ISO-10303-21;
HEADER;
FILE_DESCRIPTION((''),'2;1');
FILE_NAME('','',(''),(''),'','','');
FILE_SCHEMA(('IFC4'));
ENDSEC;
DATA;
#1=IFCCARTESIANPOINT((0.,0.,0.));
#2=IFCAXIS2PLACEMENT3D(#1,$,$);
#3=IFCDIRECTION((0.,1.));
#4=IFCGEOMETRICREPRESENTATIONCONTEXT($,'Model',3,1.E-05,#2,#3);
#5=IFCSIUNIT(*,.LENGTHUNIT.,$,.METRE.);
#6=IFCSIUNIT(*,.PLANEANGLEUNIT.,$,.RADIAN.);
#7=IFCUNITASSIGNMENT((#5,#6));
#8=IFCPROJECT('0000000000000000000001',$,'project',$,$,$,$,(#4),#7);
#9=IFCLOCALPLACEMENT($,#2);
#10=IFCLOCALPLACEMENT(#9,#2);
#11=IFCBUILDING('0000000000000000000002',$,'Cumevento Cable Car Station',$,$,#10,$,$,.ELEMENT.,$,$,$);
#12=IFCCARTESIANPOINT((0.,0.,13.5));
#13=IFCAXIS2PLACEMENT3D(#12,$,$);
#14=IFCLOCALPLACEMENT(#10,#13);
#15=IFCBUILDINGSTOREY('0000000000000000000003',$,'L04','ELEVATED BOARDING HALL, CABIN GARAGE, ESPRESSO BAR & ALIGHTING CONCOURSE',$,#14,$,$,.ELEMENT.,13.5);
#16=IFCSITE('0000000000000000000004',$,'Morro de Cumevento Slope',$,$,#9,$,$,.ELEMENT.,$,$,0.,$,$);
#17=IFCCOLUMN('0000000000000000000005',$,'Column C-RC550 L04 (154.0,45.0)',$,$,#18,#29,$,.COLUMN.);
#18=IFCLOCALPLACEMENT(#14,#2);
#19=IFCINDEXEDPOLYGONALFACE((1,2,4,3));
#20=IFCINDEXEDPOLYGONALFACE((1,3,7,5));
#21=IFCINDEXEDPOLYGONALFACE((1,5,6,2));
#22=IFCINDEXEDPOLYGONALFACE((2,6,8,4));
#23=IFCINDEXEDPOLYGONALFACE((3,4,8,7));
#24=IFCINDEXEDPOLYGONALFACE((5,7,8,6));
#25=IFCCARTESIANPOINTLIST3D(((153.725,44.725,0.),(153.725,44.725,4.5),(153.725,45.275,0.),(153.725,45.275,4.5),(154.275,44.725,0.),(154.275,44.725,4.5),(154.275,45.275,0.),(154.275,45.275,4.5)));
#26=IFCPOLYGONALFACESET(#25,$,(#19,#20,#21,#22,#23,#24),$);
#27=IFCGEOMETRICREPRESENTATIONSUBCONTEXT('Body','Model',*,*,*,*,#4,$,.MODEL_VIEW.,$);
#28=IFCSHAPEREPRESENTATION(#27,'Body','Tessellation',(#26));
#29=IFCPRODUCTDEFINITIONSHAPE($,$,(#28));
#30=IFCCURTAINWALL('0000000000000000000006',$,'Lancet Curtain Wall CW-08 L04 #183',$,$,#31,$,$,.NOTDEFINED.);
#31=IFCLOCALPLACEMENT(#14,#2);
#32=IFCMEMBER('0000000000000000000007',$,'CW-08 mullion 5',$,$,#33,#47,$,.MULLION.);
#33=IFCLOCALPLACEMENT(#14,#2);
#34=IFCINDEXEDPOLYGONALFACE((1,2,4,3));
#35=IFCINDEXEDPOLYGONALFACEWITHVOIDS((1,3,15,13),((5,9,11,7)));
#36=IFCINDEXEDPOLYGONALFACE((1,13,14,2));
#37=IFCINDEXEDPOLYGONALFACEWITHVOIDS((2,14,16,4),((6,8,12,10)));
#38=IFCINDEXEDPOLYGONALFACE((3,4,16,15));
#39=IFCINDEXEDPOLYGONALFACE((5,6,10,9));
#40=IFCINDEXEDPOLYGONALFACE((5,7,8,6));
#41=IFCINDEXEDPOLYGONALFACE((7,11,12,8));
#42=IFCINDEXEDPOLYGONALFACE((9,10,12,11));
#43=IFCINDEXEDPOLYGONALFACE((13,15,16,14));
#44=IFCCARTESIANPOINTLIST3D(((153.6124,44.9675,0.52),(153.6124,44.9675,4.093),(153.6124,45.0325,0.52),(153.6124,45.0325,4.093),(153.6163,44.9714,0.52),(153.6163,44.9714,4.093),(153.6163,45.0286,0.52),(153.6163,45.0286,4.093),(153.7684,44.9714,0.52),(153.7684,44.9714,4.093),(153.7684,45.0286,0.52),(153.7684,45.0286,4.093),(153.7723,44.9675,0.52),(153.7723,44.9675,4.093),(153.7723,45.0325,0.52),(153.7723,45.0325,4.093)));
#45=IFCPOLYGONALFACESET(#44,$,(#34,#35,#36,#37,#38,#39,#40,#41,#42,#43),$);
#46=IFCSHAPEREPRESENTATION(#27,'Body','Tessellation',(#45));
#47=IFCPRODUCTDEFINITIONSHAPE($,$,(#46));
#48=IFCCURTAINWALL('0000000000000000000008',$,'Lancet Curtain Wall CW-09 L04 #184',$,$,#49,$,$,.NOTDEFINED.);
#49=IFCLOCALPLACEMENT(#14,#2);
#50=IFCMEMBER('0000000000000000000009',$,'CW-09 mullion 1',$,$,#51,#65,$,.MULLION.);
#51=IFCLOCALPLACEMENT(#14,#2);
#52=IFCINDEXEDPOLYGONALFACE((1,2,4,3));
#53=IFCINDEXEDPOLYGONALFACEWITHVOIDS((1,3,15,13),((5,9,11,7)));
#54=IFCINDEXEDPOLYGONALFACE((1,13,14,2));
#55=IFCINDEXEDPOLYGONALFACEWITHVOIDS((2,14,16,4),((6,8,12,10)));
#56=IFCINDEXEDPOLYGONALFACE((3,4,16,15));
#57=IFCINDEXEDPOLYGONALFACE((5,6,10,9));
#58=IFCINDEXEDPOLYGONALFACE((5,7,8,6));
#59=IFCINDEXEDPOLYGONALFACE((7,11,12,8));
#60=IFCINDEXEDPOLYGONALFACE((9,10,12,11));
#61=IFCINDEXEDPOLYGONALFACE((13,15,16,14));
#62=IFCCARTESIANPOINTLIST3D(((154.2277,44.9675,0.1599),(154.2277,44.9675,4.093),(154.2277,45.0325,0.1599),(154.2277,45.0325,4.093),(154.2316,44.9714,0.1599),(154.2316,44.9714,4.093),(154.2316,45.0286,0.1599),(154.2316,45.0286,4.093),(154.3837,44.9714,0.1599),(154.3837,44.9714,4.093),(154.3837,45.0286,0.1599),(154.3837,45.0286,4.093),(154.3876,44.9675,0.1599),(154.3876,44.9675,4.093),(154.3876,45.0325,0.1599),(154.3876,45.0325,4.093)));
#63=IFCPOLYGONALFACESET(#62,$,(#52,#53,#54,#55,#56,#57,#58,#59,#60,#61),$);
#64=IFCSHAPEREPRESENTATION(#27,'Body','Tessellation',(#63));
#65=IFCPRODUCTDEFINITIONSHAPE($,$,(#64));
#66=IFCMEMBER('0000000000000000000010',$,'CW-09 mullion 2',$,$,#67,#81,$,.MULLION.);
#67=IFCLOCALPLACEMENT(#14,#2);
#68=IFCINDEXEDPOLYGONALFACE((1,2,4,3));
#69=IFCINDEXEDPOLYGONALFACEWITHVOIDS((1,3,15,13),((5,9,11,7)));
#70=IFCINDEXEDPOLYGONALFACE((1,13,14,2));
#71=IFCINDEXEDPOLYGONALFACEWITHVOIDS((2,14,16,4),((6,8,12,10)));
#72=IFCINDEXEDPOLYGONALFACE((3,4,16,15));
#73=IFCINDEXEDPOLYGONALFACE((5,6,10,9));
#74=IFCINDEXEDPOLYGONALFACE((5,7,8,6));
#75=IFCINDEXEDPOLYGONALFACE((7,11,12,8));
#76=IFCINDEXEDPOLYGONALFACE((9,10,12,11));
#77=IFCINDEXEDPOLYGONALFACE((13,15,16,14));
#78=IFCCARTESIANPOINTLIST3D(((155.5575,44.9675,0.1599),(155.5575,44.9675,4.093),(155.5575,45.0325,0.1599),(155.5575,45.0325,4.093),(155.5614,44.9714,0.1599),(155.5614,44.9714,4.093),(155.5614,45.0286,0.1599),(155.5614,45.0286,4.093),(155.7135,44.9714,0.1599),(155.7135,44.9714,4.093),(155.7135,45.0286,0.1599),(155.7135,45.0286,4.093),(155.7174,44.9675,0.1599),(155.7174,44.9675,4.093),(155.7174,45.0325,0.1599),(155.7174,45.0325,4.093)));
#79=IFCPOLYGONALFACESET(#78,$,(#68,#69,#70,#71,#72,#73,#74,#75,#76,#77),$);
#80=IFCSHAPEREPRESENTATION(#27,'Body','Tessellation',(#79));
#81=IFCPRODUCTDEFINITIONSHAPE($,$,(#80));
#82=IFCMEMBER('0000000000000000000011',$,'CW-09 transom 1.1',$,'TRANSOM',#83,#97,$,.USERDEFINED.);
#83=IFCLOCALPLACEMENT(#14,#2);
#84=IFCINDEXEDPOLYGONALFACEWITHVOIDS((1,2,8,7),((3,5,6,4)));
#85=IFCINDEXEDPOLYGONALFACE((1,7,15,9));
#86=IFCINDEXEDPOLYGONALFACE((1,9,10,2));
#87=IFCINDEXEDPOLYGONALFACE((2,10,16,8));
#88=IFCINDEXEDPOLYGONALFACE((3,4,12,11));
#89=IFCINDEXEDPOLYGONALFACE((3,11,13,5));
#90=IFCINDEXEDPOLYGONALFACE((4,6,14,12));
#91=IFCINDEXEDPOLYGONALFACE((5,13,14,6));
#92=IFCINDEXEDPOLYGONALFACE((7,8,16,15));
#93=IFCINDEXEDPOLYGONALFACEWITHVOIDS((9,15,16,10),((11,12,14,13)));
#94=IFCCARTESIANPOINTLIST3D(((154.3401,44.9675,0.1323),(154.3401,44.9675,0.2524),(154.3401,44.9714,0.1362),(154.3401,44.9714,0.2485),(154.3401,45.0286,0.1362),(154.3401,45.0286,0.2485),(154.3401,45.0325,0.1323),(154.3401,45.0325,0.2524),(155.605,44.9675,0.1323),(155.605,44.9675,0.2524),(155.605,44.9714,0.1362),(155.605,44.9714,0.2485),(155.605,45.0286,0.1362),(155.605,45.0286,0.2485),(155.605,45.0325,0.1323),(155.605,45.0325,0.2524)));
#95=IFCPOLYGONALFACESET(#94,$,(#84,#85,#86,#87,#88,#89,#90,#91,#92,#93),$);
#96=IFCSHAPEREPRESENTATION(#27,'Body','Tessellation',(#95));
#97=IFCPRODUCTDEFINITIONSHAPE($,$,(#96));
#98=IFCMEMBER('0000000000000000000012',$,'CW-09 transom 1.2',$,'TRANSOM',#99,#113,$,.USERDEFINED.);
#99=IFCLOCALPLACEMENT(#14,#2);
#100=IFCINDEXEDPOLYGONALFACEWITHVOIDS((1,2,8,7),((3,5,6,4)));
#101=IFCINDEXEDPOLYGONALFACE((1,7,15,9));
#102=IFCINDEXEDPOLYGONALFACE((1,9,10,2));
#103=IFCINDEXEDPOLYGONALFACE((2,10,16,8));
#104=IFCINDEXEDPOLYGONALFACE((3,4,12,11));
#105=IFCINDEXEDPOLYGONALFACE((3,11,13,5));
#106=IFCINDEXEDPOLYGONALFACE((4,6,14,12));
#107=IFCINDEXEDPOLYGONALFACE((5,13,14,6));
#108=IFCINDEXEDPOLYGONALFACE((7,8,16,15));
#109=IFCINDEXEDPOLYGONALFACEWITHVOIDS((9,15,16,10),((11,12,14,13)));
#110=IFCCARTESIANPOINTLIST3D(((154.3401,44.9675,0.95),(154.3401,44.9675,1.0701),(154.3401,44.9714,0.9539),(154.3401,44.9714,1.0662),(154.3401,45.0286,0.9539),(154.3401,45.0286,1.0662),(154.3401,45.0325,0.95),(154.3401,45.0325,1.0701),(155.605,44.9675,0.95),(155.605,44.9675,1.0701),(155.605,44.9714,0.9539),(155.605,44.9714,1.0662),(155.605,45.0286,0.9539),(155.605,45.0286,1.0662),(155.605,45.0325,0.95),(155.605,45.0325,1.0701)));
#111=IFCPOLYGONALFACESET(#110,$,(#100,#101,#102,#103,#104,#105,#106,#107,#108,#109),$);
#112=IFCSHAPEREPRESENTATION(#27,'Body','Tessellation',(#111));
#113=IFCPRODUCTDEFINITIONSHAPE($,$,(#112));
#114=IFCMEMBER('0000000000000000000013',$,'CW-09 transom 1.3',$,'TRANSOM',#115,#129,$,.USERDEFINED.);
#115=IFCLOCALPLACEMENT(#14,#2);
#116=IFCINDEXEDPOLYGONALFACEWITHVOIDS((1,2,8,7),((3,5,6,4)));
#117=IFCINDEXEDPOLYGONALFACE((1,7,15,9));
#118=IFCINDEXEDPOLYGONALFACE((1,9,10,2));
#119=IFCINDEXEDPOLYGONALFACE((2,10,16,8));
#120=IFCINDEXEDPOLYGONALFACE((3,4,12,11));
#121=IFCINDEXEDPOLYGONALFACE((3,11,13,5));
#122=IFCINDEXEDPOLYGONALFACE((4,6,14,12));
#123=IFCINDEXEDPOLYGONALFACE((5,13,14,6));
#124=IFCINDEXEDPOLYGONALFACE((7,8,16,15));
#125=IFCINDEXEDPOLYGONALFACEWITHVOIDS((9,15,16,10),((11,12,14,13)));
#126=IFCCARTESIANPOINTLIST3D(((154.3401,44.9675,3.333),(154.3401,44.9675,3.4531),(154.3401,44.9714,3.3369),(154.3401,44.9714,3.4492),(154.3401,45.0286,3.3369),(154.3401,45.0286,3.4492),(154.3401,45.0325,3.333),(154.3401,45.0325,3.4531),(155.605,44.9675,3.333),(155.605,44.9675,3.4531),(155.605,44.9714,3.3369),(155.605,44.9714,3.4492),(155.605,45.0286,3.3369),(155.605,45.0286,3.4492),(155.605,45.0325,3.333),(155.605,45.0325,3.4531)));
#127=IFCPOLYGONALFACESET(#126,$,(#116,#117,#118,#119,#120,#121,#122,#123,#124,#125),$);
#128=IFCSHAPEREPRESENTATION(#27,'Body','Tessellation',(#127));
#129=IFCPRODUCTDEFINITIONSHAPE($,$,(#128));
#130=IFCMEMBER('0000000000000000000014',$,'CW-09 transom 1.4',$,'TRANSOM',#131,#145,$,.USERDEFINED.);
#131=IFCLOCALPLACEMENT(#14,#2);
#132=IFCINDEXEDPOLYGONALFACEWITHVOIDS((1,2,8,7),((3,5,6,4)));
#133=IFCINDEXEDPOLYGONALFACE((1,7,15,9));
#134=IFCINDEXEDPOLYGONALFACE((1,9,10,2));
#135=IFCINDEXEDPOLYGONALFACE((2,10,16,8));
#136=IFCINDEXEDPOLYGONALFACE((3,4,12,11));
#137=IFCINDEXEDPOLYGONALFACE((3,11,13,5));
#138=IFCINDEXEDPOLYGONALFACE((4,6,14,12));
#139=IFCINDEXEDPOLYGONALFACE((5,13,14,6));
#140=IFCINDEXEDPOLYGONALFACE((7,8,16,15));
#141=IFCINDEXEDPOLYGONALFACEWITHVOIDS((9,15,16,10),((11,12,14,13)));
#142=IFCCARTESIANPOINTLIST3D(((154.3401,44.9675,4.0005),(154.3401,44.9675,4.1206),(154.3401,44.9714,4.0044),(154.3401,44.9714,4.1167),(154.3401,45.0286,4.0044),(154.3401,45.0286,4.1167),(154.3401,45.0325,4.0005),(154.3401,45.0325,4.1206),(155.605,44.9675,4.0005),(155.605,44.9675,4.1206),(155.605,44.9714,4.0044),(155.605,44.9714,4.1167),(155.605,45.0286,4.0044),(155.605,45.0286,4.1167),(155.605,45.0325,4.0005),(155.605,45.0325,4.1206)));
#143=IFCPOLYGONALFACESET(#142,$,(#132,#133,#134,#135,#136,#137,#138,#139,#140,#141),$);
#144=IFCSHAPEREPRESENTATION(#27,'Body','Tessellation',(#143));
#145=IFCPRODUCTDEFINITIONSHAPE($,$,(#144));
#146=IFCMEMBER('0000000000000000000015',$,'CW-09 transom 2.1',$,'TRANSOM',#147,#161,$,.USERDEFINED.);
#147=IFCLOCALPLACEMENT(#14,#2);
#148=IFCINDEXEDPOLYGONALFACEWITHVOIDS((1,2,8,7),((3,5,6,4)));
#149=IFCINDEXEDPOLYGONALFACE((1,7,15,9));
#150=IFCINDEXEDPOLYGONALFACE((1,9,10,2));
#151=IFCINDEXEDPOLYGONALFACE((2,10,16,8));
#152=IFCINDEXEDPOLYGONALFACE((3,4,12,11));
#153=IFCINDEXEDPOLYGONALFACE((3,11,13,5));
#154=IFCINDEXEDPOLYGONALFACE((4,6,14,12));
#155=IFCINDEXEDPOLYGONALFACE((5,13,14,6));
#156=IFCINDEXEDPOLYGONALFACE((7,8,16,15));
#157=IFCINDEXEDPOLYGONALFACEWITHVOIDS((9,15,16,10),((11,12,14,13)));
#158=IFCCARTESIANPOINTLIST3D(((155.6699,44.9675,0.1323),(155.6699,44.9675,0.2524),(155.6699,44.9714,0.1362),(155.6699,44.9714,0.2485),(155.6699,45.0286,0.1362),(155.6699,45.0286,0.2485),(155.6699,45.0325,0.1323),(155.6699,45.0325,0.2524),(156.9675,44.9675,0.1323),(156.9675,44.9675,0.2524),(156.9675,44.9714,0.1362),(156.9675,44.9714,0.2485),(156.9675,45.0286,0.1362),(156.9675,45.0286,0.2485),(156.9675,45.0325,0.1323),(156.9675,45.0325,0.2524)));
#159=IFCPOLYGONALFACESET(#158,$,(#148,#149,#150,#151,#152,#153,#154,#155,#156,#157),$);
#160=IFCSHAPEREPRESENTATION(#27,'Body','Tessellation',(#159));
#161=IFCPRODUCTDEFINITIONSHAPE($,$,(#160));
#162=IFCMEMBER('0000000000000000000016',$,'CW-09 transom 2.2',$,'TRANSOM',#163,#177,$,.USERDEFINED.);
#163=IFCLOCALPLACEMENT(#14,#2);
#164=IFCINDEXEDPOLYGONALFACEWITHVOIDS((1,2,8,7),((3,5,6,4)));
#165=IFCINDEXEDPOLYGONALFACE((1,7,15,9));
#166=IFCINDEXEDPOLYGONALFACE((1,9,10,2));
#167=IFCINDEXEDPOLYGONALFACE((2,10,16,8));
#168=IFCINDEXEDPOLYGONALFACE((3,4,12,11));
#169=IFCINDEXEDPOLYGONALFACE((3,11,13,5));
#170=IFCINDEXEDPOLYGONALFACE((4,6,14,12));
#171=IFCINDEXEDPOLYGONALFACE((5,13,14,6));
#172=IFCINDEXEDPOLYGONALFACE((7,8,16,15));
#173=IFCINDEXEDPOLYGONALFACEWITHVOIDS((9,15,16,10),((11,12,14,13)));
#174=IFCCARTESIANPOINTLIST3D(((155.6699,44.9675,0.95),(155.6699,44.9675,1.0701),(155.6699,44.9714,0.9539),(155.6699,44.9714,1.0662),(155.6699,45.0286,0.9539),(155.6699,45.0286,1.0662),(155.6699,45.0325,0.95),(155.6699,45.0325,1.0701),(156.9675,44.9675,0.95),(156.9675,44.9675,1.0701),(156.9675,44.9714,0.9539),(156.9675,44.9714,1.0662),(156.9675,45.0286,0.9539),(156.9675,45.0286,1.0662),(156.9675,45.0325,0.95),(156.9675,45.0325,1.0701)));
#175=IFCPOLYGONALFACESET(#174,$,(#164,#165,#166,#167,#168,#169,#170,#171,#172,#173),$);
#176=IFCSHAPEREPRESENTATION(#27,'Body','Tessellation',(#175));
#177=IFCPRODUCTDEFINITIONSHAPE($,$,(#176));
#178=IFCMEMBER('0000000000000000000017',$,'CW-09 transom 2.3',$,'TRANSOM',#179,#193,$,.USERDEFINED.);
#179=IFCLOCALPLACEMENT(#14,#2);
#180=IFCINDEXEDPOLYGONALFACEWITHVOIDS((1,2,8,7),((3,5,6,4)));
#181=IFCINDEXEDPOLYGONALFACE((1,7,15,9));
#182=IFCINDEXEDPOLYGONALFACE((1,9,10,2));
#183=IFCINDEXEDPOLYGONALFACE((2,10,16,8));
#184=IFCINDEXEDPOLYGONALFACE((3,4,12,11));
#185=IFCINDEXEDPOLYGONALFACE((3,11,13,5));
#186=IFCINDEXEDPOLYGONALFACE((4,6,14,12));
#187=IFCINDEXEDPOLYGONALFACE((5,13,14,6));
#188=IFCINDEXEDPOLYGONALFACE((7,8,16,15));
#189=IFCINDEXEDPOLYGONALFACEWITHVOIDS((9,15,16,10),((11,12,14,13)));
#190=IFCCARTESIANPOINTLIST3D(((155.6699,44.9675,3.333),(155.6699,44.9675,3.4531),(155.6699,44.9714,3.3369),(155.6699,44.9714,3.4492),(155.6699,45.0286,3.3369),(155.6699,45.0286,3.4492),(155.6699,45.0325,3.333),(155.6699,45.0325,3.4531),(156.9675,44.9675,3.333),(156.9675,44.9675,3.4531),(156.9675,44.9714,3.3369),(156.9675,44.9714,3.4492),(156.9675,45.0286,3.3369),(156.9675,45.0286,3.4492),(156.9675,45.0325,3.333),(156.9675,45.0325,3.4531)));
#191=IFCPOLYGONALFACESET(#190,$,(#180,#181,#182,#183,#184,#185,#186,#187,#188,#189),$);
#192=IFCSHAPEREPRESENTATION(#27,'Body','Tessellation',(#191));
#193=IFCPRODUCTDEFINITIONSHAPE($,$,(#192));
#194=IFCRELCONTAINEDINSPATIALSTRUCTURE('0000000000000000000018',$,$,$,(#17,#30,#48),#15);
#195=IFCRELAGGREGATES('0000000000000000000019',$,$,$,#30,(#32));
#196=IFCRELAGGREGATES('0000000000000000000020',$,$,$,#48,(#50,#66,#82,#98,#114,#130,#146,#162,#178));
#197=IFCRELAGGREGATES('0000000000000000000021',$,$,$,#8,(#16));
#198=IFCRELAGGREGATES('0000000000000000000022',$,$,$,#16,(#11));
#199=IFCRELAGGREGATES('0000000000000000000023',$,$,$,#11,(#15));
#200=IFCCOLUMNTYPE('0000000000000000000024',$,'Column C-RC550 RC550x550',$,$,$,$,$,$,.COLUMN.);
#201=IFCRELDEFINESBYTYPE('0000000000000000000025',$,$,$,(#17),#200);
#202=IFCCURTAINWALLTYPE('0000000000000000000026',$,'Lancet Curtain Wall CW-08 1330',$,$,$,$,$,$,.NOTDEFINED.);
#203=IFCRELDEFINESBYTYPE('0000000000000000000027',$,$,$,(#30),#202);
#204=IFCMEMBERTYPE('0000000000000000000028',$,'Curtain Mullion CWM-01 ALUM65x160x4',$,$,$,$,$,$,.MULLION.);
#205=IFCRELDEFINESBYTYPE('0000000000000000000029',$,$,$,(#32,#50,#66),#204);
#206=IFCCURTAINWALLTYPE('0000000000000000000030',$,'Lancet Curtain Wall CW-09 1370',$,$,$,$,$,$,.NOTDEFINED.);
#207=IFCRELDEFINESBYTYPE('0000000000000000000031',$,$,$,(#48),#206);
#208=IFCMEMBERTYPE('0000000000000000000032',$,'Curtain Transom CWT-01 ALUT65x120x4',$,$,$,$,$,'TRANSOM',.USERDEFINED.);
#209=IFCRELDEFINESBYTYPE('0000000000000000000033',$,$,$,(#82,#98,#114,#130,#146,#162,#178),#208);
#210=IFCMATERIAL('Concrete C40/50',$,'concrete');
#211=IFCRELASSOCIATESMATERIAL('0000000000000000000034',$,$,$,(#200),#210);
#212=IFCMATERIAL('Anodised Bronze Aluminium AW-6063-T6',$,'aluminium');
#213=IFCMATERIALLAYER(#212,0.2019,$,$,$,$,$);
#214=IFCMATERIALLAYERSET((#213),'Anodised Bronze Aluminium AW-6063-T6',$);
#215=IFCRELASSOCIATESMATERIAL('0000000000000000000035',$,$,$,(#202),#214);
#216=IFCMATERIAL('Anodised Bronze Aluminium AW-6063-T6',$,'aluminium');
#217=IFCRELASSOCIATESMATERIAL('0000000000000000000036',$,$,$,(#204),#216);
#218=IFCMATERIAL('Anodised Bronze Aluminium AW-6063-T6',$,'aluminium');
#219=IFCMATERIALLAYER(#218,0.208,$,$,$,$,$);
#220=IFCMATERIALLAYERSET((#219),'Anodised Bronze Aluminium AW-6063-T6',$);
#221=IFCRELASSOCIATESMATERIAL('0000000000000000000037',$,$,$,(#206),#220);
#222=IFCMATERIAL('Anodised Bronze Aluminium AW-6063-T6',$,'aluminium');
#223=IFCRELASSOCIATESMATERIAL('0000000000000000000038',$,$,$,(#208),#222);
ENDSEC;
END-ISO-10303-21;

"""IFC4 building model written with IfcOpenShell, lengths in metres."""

from ifc_helpers import new_model, si_unit, direction, frame, origin, origin_2d, place, context, subcontext, project, spatial, rectangle, hollow_rectangle, extrude, material, layer, layer_set, material_profile, profile_set, type_object, element, aggregate, save


model = new_model("IFC4")

# Units and contexts
model_context = context("Model", 3, precision=1e-05, world=origin(), true_north=direction((0.0, 1.0)))
body_context = subcontext(model_context, "Body", "Model", "MODEL_VIEW")
ifc_project = project(units=[si_unit("LENGTHUNIT", "METRE"), si_unit("PLANEANGLEUNIT", "RADIAN")], contexts=[model_context])

# Site, building, storey
site_placement = place(None, origin())
site = spatial("IfcSite", under=ifc_project, at=site_placement, Name="Morro de Cumevento Slope", CompositionType="ELEMENT", RefElevation=0.0)
building_placement = place(site_placement, origin())
building = spatial("IfcBuilding", under=site, at=building_placement, Name="Cumevento Cable Car Station", CompositionType="ELEMENT")
storey_placement = place(building_placement, frame((0.0, 0.0, 13.5)))
storey = spatial("IfcBuildingStorey", under=building, at=storey_placement, Name="L04", Description="ELEVATED BOARDING HALL, CABIN GARAGE, ESPRESSO BAR & ALIGHTING CONCOURSE", CompositionType="ELEMENT", Elevation=13.5)

# Column
ifc_material_1 = material(Name="Concrete C40/50", Category="concrete")
ifc_material_profile_1 = material_profile(ifc_material_1, rectangle(XDim=0.55, YDim=0.55, at=origin_2d()), Name="RC550x550")
ifc_profile_set_1 = profile_set([ifc_material_profile_1], Name="Concrete C40/50")
column_type = type_object("IfcColumnType", Name="Column C-RC550 RC550x550", PredefinedType="COLUMN", material=ifc_profile_set_1)
column_placement = place(storey_placement, frame((154.0, 45.0, 0.0), z_axis=(0.0, 0.0, 1.0), x_axis=(1.0, 0.0, 0.0)))
element("IfcColumn", 1, at=column_placement, inside=storey, type_object=column_type, Name="Column C-RC550 L04 (154.0,45.0)", PredefinedType="COLUMN", context=body_context, shape_type="SweptSolid", body=[
    extrude(rectangle(XDim=0.55, YDim=0.55, at=origin_2d()), origin(), (0.0, 0.0, 1.0), 4.5),
])

# Curtain wall, member
ifc_material_2 = material(Name="Anodised Bronze Aluminium AW-6063-T6", Category="aluminium")
ifc_layer_1 = layer(ifc_material_2, 0.2019)
ifc_layer_set_1 = layer_set([ifc_layer_1], Name="Anodised Bronze Aluminium AW-6063-T6")
curtain_wall_type_1 = type_object("IfcCurtainWallType", Name="Lancet Curtain Wall CW-08 1330", PredefinedType="NOTDEFINED", material=ifc_layer_set_1)
curtain_wall_1_placement = place(storey_placement, origin())
curtain_wall_1 = element("IfcCurtainWall", 2, at=curtain_wall_1_placement, inside=storey, type_object=curtain_wall_type_1, Name="Lancet Curtain Wall CW-08 L04 #183", PredefinedType="NOTDEFINED")
ifc_material_3 = material(Name="Anodised Bronze Aluminium AW-6063-T6", Category="aluminium")
ifc_material_profile_2 = material_profile(ifc_material_3, hollow_rectangle(XDim=0.0649, YDim=0.1599, WallThickness=0.0039, at=origin_2d()), Name="ALUM65x160x4")
ifc_profile_set_2 = profile_set([ifc_material_profile_2], Name="Anodised Bronze Aluminium AW-6063-T6")
member_type_1 = type_object("IfcMemberType", Name="Curtain Mullion CWM-01 ALUM65x160x4", PredefinedType="MULLION", material=ifc_profile_set_2)
member_1_placement = place(storey_placement, frame((153.6924, 45.0, 0.52), z_axis=(0.0, 0.0, 1.0), x_axis=(0.0, 1.0, 0.0)))
member_1 = element("IfcMember", 3, at=member_1_placement, type_object=member_type_1, Name="CW-08 mullion 5", PredefinedType="MULLION", context=body_context, shape_type="SweptSolid", body=[
    extrude(hollow_rectangle(XDim=0.0649, YDim=0.1599, WallThickness=0.0039, at=origin_2d()), origin(), (0.0, 0.0, 1.0), 3.573),
])
aggregate(curtain_wall_1, [member_1])

# Curtain wall, members
ifc_material_4 = material(Name="Anodised Bronze Aluminium AW-6063-T6", Category="aluminium")
ifc_layer_2 = layer(ifc_material_4, 0.208)
ifc_layer_set_2 = layer_set([ifc_layer_2], Name="Anodised Bronze Aluminium AW-6063-T6")
curtain_wall_type_2 = type_object("IfcCurtainWallType", Name="Lancet Curtain Wall CW-09 1370", PredefinedType="NOTDEFINED", material=ifc_layer_set_2)
curtain_wall_2_placement = place(storey_placement, origin())
curtain_wall_2 = element("IfcCurtainWall", 4, at=curtain_wall_2_placement, inside=storey, type_object=curtain_wall_type_2, Name="Lancet Curtain Wall CW-09 L04 #184", PredefinedType="NOTDEFINED")
member_2_placement = place(storey_placement, frame((154.3076, 45.0, 0.1599), z_axis=(0.0, 0.0, 1.0), x_axis=(0.0, 1.0, 0.0)))
member_2 = element("IfcMember", 5, at=member_2_placement, type_object=member_type_1, Name="CW-09 mullion 1", PredefinedType="MULLION", context=body_context, shape_type="SweptSolid", body=[
    extrude(hollow_rectangle(XDim=0.0649, YDim=0.1599, WallThickness=0.0039, at=origin_2d()), origin(), (0.0, 0.0, 1.0), 3.9331),
])
member_3_placement = place(storey_placement, frame((155.6375, 45.0, 0.1599), z_axis=(0.0, 0.0, 1.0), x_axis=(0.0, 1.0, 0.0)))
member_3 = element("IfcMember", 6, at=member_3_placement, type_object=member_type_1, Name="CW-09 mullion 2", PredefinedType="MULLION", context=body_context, shape_type="SweptSolid", body=[
    extrude(hollow_rectangle(XDim=0.0649, YDim=0.1599, WallThickness=0.0039, at=origin_2d()), origin(), (0.0, 0.0, 1.0), 3.9331),
])
ifc_material_5 = material(Name="Anodised Bronze Aluminium AW-6063-T6", Category="aluminium")
ifc_material_profile_3 = material_profile(ifc_material_5, hollow_rectangle(XDim=0.0649, YDim=0.1201, WallThickness=0.0039, at=origin_2d()), Name="ALUT65x120x4")
ifc_profile_set_3 = profile_set([ifc_material_profile_3], Name="Anodised Bronze Aluminium AW-6063-T6")
member_type_2 = type_object("IfcMemberType", Name="Curtain Transom CWT-01 ALUT65x120x4", ElementType="TRANSOM", PredefinedType="USERDEFINED", material=ifc_profile_set_3)
member_4_placement = place(storey_placement, frame((154.3401, 45.0, 0.1924), z_axis=(1.0, 0.0, 0.0), x_axis=(0.0, 1.0, 0.0)))
member_4 = element("IfcMember", 7, at=member_4_placement, type_object=member_type_2, Name="CW-09 transom 1.1", ObjectType="TRANSOM", PredefinedType="USERDEFINED", context=body_context, shape_type="SweptSolid", body=[
    extrude(hollow_rectangle(XDim=0.0649, YDim=0.1201, WallThickness=0.0039, at=origin_2d()), origin(), (0.0, 0.0, 1.0), 1.2649),
])
member_5_placement = place(storey_placement, frame((154.3401, 45.0, 1.01), z_axis=(1.0, 0.0, 0.0), x_axis=(0.0, 1.0, 0.0)))
member_5 = element("IfcMember", 8, at=member_5_placement, type_object=member_type_2, Name="CW-09 transom 1.2", ObjectType="TRANSOM", PredefinedType="USERDEFINED", context=body_context, shape_type="SweptSolid", body=[
    extrude(hollow_rectangle(XDim=0.0649, YDim=0.1201, WallThickness=0.0039, at=origin_2d()), origin(), (0.0, 0.0, 1.0), 1.2649),
])
member_6_placement = place(storey_placement, frame((154.3401, 45.0, 3.3931), z_axis=(1.0, 0.0, 0.0), x_axis=(0.0, 1.0, 0.0)))
member_6 = element("IfcMember", 9, at=member_6_placement, type_object=member_type_2, Name="CW-09 transom 1.3", ObjectType="TRANSOM", PredefinedType="USERDEFINED", context=body_context, shape_type="SweptSolid", body=[
    extrude(hollow_rectangle(XDim=0.0649, YDim=0.1201, WallThickness=0.0039, at=origin_2d()), origin(), (0.0, 0.0, 1.0), 1.2649),
])
member_7_placement = place(storey_placement, frame((154.3401, 45.0, 4.0605), z_axis=(1.0, 0.0, 0.0), x_axis=(0.0, 1.0, 0.0)))
member_7 = element("IfcMember", 10, at=member_7_placement, type_object=member_type_2, Name="CW-09 transom 1.4", ObjectType="TRANSOM", PredefinedType="USERDEFINED", context=body_context, shape_type="SweptSolid", body=[
    extrude(hollow_rectangle(XDim=0.0649, YDim=0.1201, WallThickness=0.0039, at=origin_2d()), origin(), (0.0, 0.0, 1.0), 1.2649),
])
member_8_placement = place(storey_placement, frame((155.6699, 45.0, 0.1924), z_axis=(1.0, 0.0, 0.0), x_axis=(0.0, 1.0, 0.0)))
member_8 = element("IfcMember", 11, at=member_8_placement, type_object=member_type_2, Name="CW-09 transom 2.1", ObjectType="TRANSOM", PredefinedType="USERDEFINED", context=body_context, shape_type="SweptSolid", body=[
    extrude(hollow_rectangle(XDim=0.0649, YDim=0.1201, WallThickness=0.0039, at=origin_2d()), origin(), (0.0, 0.0, 1.0), 1.2976),
])
member_9_placement = place(storey_placement, frame((155.6699, 45.0, 1.01), z_axis=(1.0, 0.0, 0.0), x_axis=(0.0, 1.0, 0.0)))
member_9 = element("IfcMember", 12, at=member_9_placement, type_object=member_type_2, Name="CW-09 transom 2.2", ObjectType="TRANSOM", PredefinedType="USERDEFINED", context=body_context, shape_type="SweptSolid", body=[
    extrude(hollow_rectangle(XDim=0.0649, YDim=0.1201, WallThickness=0.0039, at=origin_2d()), origin(), (0.0, 0.0, 1.0), 1.2976),
])
member_10_placement = place(storey_placement, frame((155.6699, 45.0, 3.3931), z_axis=(1.0, 0.0, 0.0), x_axis=(0.0, 1.0, 0.0)))
member_10 = element("IfcMember", 13, at=member_10_placement, type_object=member_type_2, Name="CW-09 transom 2.3", ObjectType="TRANSOM", PredefinedType="USERDEFINED", context=body_context, shape_type="SweptSolid", body=[
    extrude(hollow_rectangle(XDim=0.0649, YDim=0.1201, WallThickness=0.0039, at=origin_2d()), origin(), (0.0, 0.0, 1.0), 1.2976),
])

aggregate(curtain_wall_2, [member_2, member_3, member_4, member_5, member_6, member_7, member_8, member_9, member_10])

save(model, "model.ifc")
